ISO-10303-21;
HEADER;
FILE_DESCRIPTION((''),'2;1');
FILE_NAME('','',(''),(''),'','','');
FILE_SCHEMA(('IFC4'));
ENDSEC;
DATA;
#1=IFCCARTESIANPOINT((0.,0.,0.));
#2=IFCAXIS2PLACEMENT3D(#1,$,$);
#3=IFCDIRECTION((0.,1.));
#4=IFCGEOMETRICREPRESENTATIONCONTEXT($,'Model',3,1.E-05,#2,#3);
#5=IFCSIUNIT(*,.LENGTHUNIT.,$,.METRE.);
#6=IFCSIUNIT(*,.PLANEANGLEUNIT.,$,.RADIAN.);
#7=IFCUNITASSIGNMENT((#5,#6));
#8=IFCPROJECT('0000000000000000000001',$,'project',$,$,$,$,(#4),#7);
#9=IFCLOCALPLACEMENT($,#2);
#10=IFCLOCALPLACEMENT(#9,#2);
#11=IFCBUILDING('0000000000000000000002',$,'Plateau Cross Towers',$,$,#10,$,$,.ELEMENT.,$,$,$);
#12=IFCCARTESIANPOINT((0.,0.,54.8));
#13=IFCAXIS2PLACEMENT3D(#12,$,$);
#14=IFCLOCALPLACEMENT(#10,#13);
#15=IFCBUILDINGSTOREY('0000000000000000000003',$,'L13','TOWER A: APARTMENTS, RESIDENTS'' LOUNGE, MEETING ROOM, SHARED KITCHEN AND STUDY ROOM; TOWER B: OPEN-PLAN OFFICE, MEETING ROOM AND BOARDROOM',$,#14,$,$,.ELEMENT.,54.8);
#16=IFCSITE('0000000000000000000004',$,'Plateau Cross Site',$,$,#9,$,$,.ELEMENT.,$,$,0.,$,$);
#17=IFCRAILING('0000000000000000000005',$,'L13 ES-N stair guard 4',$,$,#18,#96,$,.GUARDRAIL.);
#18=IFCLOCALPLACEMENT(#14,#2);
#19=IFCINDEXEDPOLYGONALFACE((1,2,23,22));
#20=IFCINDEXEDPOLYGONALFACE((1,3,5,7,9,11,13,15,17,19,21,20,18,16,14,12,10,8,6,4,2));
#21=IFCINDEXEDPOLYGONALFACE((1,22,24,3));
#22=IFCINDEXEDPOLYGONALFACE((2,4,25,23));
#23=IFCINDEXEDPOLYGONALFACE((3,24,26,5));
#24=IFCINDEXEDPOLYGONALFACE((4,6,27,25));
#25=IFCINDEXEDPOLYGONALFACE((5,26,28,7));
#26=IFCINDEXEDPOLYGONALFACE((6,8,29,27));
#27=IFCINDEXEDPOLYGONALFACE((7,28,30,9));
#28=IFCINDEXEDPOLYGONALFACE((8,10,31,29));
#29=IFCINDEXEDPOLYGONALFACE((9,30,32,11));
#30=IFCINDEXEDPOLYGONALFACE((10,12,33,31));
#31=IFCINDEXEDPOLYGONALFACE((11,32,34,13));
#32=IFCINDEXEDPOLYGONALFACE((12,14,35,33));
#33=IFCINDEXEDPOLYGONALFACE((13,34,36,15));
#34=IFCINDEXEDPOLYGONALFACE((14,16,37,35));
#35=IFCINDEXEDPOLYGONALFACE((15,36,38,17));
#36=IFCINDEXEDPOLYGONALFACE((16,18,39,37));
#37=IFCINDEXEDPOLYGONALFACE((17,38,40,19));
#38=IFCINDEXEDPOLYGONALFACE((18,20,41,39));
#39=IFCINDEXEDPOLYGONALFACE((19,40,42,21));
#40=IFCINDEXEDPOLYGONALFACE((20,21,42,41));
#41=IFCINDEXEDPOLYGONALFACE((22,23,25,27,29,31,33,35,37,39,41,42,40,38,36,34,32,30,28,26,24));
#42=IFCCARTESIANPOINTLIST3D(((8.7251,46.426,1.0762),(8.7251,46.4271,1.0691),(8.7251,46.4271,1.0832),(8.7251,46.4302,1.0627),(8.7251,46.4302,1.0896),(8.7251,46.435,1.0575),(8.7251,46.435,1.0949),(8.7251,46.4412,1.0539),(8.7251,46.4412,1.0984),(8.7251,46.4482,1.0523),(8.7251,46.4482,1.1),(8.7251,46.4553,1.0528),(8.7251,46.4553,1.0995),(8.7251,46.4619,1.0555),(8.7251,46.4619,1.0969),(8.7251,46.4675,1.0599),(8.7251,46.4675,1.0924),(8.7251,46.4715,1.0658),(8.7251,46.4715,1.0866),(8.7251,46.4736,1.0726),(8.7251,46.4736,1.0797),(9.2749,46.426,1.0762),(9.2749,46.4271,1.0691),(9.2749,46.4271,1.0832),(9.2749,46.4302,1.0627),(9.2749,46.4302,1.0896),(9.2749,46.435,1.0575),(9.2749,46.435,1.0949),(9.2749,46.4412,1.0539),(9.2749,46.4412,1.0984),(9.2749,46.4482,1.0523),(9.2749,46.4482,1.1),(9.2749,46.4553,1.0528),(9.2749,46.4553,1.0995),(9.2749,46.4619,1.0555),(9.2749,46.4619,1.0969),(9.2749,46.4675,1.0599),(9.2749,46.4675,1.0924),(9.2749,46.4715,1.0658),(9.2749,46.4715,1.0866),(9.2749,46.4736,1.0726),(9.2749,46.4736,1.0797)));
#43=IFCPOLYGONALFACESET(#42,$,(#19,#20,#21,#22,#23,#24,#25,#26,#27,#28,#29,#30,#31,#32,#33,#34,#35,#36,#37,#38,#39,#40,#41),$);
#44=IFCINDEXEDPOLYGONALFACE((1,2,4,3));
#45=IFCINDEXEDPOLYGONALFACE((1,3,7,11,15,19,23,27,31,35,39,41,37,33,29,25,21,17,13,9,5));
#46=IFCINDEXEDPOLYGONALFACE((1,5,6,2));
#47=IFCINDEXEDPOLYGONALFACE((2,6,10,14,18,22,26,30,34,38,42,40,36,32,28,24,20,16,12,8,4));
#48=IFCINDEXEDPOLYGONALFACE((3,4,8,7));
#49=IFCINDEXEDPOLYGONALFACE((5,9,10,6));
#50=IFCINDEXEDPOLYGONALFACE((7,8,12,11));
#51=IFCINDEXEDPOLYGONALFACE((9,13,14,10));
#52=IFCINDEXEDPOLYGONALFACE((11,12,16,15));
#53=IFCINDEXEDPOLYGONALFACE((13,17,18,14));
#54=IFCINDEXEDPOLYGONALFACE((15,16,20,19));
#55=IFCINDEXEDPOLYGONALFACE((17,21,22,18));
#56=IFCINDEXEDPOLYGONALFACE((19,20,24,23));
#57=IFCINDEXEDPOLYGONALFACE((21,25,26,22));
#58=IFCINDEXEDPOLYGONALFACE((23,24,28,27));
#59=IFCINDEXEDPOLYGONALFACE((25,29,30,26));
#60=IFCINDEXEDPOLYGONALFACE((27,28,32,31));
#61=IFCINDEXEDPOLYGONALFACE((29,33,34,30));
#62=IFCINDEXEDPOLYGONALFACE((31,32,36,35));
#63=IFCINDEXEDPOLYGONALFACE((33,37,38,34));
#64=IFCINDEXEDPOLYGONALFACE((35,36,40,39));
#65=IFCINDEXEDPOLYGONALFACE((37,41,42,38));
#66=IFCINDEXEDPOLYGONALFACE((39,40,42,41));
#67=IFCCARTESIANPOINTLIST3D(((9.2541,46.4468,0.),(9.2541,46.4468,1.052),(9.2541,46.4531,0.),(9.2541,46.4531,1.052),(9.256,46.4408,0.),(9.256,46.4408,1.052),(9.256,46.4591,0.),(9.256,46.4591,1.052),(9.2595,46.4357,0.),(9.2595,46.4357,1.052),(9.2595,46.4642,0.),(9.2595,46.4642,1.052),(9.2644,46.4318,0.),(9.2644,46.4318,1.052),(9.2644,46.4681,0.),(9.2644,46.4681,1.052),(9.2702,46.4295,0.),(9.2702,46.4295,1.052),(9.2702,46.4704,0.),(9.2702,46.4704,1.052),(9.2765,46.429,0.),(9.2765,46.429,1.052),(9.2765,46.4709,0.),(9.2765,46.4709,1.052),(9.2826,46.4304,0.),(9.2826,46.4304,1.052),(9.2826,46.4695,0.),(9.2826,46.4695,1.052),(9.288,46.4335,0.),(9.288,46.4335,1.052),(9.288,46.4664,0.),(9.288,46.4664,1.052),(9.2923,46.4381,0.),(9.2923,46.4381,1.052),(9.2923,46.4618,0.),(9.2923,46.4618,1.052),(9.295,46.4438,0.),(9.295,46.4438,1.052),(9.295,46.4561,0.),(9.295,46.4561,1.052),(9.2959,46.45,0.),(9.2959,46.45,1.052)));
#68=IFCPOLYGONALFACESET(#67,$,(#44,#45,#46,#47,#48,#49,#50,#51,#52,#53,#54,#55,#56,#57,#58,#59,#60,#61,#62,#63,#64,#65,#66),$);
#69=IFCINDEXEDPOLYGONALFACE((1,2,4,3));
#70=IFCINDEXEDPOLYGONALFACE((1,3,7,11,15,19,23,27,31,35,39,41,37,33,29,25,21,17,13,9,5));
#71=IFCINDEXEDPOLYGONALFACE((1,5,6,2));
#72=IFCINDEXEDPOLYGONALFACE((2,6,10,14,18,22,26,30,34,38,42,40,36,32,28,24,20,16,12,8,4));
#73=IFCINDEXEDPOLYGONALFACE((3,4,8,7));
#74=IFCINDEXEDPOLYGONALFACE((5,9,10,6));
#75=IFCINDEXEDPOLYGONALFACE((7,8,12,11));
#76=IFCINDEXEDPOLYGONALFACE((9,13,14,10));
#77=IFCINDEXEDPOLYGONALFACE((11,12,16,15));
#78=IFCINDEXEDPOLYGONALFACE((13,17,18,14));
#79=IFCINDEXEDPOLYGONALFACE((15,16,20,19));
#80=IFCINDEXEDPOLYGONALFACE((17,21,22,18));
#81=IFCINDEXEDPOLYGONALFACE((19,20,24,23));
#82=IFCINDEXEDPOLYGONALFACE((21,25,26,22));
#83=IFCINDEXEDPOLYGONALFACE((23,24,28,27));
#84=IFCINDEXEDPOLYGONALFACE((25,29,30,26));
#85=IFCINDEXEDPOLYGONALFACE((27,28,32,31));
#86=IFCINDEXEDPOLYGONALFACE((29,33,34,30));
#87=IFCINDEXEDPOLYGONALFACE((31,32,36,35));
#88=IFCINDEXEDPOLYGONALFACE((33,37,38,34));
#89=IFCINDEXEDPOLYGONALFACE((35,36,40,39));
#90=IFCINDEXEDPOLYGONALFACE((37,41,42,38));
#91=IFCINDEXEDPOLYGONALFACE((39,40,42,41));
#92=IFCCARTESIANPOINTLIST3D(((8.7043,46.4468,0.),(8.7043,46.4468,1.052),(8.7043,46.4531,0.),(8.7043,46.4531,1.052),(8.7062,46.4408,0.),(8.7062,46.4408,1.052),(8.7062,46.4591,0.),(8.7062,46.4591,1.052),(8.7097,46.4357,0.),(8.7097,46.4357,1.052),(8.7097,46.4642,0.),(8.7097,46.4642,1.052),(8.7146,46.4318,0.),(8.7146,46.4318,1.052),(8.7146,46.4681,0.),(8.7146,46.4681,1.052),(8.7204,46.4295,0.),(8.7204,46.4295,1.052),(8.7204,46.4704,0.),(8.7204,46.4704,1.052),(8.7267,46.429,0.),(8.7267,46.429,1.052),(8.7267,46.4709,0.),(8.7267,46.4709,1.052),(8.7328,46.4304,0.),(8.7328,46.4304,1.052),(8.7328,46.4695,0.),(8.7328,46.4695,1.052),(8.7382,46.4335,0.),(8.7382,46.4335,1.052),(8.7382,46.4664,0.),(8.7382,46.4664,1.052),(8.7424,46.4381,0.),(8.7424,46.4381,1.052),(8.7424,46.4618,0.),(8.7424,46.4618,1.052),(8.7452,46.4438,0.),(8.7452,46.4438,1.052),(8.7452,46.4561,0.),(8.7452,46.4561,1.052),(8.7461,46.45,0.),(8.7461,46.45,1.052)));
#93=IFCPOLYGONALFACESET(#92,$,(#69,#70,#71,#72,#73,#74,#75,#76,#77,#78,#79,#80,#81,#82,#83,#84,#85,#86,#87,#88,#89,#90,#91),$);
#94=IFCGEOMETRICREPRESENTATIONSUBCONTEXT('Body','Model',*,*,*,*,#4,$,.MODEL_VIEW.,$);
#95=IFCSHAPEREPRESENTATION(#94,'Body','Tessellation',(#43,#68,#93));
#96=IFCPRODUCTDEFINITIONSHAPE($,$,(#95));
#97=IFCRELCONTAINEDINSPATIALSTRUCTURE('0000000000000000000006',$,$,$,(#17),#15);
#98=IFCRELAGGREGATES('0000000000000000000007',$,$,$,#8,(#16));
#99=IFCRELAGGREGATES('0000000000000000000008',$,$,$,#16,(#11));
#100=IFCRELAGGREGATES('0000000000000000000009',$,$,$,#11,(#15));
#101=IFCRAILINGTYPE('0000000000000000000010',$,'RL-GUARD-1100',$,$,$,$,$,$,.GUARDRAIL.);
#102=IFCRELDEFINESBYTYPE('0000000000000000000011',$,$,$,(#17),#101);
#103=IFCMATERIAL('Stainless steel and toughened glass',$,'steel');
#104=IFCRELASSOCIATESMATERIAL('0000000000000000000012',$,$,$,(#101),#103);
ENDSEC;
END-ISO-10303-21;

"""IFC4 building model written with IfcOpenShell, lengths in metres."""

from ifc_helpers import new_model, si_unit, direction, frame, origin, origin_2d, place, context, subcontext, project, spatial, circle, extrude, material, type_object, element, save


model = new_model("IFC4")

# Units and contexts
model_context = context("Model", 3, precision=1e-05, world=origin(), true_north=direction((0.0, 1.0)))
body_context = subcontext(model_context, "Body", "Model", "MODEL_VIEW")
ifc_project = project(units=[si_unit("LENGTHUNIT", "METRE"), si_unit("PLANEANGLEUNIT", "RADIAN")], contexts=[model_context])

# Site, building, storey
site_placement = place(None, origin())
site = spatial("IfcSite", under=ifc_project, at=site_placement, Name="Plateau Cross Site", CompositionType="ELEMENT", RefElevation=0.0)
building_placement = place(site_placement, origin())
building = spatial("IfcBuilding", under=site, at=building_placement, Name="Plateau Cross Towers", CompositionType="ELEMENT")
storey_placement = place(building_placement, frame((0.0, 0.0, 54.8)))
storey = spatial("IfcBuildingStorey", under=building, at=storey_placement, Name="L13", Description="TOWER A: APARTMENTS, RESIDENTS' LOUNGE, MEETING ROOM, SHARED KITCHEN AND STUDY ROOM; TOWER B: OPEN-PLAN OFFICE, MEETING ROOM AND BOARDROOM", CompositionType="ELEMENT", Elevation=54.8)

# Railing
ifc_material_1 = material(Name="Stainless steel and toughened glass", Category="steel")
railing_type_1 = type_object("IfcRailingType", Name="RL-GUARD-1100", PredefinedType="GUARDRAIL", material=ifc_material_1)
railing_1_placement = place(storey_placement, frame((9.2749, 46.45, 0.0)))
element("IfcRailing", 1, at=railing_1_placement, inside=storey, type_object=railing_type_1, Name="L13 ES-N stair guard 4", PredefinedType="GUARDRAIL", context=body_context, shape_type="SweptSolid", body=[
    extrude(circle(Radius=0.0239, at=origin_2d()), frame((0.0, 0.0, 1.0762), z_axis=(-1.0, 0.0, 0.0), x_axis=(0.0, -1.0, 0.0)), (0.0, 0.0, 1.0), 0.5498),
    extrude(circle(Radius=0.021, at=origin_2d()), origin(), (0.0, 0.0, 1.0), 1.052),
    extrude(circle(Radius=0.021, at=origin_2d()), frame((-0.5498, 0.0, 0.0)), (0.0, 0.0, 1.0), 1.052),
])

save(model, "model.ifc")
